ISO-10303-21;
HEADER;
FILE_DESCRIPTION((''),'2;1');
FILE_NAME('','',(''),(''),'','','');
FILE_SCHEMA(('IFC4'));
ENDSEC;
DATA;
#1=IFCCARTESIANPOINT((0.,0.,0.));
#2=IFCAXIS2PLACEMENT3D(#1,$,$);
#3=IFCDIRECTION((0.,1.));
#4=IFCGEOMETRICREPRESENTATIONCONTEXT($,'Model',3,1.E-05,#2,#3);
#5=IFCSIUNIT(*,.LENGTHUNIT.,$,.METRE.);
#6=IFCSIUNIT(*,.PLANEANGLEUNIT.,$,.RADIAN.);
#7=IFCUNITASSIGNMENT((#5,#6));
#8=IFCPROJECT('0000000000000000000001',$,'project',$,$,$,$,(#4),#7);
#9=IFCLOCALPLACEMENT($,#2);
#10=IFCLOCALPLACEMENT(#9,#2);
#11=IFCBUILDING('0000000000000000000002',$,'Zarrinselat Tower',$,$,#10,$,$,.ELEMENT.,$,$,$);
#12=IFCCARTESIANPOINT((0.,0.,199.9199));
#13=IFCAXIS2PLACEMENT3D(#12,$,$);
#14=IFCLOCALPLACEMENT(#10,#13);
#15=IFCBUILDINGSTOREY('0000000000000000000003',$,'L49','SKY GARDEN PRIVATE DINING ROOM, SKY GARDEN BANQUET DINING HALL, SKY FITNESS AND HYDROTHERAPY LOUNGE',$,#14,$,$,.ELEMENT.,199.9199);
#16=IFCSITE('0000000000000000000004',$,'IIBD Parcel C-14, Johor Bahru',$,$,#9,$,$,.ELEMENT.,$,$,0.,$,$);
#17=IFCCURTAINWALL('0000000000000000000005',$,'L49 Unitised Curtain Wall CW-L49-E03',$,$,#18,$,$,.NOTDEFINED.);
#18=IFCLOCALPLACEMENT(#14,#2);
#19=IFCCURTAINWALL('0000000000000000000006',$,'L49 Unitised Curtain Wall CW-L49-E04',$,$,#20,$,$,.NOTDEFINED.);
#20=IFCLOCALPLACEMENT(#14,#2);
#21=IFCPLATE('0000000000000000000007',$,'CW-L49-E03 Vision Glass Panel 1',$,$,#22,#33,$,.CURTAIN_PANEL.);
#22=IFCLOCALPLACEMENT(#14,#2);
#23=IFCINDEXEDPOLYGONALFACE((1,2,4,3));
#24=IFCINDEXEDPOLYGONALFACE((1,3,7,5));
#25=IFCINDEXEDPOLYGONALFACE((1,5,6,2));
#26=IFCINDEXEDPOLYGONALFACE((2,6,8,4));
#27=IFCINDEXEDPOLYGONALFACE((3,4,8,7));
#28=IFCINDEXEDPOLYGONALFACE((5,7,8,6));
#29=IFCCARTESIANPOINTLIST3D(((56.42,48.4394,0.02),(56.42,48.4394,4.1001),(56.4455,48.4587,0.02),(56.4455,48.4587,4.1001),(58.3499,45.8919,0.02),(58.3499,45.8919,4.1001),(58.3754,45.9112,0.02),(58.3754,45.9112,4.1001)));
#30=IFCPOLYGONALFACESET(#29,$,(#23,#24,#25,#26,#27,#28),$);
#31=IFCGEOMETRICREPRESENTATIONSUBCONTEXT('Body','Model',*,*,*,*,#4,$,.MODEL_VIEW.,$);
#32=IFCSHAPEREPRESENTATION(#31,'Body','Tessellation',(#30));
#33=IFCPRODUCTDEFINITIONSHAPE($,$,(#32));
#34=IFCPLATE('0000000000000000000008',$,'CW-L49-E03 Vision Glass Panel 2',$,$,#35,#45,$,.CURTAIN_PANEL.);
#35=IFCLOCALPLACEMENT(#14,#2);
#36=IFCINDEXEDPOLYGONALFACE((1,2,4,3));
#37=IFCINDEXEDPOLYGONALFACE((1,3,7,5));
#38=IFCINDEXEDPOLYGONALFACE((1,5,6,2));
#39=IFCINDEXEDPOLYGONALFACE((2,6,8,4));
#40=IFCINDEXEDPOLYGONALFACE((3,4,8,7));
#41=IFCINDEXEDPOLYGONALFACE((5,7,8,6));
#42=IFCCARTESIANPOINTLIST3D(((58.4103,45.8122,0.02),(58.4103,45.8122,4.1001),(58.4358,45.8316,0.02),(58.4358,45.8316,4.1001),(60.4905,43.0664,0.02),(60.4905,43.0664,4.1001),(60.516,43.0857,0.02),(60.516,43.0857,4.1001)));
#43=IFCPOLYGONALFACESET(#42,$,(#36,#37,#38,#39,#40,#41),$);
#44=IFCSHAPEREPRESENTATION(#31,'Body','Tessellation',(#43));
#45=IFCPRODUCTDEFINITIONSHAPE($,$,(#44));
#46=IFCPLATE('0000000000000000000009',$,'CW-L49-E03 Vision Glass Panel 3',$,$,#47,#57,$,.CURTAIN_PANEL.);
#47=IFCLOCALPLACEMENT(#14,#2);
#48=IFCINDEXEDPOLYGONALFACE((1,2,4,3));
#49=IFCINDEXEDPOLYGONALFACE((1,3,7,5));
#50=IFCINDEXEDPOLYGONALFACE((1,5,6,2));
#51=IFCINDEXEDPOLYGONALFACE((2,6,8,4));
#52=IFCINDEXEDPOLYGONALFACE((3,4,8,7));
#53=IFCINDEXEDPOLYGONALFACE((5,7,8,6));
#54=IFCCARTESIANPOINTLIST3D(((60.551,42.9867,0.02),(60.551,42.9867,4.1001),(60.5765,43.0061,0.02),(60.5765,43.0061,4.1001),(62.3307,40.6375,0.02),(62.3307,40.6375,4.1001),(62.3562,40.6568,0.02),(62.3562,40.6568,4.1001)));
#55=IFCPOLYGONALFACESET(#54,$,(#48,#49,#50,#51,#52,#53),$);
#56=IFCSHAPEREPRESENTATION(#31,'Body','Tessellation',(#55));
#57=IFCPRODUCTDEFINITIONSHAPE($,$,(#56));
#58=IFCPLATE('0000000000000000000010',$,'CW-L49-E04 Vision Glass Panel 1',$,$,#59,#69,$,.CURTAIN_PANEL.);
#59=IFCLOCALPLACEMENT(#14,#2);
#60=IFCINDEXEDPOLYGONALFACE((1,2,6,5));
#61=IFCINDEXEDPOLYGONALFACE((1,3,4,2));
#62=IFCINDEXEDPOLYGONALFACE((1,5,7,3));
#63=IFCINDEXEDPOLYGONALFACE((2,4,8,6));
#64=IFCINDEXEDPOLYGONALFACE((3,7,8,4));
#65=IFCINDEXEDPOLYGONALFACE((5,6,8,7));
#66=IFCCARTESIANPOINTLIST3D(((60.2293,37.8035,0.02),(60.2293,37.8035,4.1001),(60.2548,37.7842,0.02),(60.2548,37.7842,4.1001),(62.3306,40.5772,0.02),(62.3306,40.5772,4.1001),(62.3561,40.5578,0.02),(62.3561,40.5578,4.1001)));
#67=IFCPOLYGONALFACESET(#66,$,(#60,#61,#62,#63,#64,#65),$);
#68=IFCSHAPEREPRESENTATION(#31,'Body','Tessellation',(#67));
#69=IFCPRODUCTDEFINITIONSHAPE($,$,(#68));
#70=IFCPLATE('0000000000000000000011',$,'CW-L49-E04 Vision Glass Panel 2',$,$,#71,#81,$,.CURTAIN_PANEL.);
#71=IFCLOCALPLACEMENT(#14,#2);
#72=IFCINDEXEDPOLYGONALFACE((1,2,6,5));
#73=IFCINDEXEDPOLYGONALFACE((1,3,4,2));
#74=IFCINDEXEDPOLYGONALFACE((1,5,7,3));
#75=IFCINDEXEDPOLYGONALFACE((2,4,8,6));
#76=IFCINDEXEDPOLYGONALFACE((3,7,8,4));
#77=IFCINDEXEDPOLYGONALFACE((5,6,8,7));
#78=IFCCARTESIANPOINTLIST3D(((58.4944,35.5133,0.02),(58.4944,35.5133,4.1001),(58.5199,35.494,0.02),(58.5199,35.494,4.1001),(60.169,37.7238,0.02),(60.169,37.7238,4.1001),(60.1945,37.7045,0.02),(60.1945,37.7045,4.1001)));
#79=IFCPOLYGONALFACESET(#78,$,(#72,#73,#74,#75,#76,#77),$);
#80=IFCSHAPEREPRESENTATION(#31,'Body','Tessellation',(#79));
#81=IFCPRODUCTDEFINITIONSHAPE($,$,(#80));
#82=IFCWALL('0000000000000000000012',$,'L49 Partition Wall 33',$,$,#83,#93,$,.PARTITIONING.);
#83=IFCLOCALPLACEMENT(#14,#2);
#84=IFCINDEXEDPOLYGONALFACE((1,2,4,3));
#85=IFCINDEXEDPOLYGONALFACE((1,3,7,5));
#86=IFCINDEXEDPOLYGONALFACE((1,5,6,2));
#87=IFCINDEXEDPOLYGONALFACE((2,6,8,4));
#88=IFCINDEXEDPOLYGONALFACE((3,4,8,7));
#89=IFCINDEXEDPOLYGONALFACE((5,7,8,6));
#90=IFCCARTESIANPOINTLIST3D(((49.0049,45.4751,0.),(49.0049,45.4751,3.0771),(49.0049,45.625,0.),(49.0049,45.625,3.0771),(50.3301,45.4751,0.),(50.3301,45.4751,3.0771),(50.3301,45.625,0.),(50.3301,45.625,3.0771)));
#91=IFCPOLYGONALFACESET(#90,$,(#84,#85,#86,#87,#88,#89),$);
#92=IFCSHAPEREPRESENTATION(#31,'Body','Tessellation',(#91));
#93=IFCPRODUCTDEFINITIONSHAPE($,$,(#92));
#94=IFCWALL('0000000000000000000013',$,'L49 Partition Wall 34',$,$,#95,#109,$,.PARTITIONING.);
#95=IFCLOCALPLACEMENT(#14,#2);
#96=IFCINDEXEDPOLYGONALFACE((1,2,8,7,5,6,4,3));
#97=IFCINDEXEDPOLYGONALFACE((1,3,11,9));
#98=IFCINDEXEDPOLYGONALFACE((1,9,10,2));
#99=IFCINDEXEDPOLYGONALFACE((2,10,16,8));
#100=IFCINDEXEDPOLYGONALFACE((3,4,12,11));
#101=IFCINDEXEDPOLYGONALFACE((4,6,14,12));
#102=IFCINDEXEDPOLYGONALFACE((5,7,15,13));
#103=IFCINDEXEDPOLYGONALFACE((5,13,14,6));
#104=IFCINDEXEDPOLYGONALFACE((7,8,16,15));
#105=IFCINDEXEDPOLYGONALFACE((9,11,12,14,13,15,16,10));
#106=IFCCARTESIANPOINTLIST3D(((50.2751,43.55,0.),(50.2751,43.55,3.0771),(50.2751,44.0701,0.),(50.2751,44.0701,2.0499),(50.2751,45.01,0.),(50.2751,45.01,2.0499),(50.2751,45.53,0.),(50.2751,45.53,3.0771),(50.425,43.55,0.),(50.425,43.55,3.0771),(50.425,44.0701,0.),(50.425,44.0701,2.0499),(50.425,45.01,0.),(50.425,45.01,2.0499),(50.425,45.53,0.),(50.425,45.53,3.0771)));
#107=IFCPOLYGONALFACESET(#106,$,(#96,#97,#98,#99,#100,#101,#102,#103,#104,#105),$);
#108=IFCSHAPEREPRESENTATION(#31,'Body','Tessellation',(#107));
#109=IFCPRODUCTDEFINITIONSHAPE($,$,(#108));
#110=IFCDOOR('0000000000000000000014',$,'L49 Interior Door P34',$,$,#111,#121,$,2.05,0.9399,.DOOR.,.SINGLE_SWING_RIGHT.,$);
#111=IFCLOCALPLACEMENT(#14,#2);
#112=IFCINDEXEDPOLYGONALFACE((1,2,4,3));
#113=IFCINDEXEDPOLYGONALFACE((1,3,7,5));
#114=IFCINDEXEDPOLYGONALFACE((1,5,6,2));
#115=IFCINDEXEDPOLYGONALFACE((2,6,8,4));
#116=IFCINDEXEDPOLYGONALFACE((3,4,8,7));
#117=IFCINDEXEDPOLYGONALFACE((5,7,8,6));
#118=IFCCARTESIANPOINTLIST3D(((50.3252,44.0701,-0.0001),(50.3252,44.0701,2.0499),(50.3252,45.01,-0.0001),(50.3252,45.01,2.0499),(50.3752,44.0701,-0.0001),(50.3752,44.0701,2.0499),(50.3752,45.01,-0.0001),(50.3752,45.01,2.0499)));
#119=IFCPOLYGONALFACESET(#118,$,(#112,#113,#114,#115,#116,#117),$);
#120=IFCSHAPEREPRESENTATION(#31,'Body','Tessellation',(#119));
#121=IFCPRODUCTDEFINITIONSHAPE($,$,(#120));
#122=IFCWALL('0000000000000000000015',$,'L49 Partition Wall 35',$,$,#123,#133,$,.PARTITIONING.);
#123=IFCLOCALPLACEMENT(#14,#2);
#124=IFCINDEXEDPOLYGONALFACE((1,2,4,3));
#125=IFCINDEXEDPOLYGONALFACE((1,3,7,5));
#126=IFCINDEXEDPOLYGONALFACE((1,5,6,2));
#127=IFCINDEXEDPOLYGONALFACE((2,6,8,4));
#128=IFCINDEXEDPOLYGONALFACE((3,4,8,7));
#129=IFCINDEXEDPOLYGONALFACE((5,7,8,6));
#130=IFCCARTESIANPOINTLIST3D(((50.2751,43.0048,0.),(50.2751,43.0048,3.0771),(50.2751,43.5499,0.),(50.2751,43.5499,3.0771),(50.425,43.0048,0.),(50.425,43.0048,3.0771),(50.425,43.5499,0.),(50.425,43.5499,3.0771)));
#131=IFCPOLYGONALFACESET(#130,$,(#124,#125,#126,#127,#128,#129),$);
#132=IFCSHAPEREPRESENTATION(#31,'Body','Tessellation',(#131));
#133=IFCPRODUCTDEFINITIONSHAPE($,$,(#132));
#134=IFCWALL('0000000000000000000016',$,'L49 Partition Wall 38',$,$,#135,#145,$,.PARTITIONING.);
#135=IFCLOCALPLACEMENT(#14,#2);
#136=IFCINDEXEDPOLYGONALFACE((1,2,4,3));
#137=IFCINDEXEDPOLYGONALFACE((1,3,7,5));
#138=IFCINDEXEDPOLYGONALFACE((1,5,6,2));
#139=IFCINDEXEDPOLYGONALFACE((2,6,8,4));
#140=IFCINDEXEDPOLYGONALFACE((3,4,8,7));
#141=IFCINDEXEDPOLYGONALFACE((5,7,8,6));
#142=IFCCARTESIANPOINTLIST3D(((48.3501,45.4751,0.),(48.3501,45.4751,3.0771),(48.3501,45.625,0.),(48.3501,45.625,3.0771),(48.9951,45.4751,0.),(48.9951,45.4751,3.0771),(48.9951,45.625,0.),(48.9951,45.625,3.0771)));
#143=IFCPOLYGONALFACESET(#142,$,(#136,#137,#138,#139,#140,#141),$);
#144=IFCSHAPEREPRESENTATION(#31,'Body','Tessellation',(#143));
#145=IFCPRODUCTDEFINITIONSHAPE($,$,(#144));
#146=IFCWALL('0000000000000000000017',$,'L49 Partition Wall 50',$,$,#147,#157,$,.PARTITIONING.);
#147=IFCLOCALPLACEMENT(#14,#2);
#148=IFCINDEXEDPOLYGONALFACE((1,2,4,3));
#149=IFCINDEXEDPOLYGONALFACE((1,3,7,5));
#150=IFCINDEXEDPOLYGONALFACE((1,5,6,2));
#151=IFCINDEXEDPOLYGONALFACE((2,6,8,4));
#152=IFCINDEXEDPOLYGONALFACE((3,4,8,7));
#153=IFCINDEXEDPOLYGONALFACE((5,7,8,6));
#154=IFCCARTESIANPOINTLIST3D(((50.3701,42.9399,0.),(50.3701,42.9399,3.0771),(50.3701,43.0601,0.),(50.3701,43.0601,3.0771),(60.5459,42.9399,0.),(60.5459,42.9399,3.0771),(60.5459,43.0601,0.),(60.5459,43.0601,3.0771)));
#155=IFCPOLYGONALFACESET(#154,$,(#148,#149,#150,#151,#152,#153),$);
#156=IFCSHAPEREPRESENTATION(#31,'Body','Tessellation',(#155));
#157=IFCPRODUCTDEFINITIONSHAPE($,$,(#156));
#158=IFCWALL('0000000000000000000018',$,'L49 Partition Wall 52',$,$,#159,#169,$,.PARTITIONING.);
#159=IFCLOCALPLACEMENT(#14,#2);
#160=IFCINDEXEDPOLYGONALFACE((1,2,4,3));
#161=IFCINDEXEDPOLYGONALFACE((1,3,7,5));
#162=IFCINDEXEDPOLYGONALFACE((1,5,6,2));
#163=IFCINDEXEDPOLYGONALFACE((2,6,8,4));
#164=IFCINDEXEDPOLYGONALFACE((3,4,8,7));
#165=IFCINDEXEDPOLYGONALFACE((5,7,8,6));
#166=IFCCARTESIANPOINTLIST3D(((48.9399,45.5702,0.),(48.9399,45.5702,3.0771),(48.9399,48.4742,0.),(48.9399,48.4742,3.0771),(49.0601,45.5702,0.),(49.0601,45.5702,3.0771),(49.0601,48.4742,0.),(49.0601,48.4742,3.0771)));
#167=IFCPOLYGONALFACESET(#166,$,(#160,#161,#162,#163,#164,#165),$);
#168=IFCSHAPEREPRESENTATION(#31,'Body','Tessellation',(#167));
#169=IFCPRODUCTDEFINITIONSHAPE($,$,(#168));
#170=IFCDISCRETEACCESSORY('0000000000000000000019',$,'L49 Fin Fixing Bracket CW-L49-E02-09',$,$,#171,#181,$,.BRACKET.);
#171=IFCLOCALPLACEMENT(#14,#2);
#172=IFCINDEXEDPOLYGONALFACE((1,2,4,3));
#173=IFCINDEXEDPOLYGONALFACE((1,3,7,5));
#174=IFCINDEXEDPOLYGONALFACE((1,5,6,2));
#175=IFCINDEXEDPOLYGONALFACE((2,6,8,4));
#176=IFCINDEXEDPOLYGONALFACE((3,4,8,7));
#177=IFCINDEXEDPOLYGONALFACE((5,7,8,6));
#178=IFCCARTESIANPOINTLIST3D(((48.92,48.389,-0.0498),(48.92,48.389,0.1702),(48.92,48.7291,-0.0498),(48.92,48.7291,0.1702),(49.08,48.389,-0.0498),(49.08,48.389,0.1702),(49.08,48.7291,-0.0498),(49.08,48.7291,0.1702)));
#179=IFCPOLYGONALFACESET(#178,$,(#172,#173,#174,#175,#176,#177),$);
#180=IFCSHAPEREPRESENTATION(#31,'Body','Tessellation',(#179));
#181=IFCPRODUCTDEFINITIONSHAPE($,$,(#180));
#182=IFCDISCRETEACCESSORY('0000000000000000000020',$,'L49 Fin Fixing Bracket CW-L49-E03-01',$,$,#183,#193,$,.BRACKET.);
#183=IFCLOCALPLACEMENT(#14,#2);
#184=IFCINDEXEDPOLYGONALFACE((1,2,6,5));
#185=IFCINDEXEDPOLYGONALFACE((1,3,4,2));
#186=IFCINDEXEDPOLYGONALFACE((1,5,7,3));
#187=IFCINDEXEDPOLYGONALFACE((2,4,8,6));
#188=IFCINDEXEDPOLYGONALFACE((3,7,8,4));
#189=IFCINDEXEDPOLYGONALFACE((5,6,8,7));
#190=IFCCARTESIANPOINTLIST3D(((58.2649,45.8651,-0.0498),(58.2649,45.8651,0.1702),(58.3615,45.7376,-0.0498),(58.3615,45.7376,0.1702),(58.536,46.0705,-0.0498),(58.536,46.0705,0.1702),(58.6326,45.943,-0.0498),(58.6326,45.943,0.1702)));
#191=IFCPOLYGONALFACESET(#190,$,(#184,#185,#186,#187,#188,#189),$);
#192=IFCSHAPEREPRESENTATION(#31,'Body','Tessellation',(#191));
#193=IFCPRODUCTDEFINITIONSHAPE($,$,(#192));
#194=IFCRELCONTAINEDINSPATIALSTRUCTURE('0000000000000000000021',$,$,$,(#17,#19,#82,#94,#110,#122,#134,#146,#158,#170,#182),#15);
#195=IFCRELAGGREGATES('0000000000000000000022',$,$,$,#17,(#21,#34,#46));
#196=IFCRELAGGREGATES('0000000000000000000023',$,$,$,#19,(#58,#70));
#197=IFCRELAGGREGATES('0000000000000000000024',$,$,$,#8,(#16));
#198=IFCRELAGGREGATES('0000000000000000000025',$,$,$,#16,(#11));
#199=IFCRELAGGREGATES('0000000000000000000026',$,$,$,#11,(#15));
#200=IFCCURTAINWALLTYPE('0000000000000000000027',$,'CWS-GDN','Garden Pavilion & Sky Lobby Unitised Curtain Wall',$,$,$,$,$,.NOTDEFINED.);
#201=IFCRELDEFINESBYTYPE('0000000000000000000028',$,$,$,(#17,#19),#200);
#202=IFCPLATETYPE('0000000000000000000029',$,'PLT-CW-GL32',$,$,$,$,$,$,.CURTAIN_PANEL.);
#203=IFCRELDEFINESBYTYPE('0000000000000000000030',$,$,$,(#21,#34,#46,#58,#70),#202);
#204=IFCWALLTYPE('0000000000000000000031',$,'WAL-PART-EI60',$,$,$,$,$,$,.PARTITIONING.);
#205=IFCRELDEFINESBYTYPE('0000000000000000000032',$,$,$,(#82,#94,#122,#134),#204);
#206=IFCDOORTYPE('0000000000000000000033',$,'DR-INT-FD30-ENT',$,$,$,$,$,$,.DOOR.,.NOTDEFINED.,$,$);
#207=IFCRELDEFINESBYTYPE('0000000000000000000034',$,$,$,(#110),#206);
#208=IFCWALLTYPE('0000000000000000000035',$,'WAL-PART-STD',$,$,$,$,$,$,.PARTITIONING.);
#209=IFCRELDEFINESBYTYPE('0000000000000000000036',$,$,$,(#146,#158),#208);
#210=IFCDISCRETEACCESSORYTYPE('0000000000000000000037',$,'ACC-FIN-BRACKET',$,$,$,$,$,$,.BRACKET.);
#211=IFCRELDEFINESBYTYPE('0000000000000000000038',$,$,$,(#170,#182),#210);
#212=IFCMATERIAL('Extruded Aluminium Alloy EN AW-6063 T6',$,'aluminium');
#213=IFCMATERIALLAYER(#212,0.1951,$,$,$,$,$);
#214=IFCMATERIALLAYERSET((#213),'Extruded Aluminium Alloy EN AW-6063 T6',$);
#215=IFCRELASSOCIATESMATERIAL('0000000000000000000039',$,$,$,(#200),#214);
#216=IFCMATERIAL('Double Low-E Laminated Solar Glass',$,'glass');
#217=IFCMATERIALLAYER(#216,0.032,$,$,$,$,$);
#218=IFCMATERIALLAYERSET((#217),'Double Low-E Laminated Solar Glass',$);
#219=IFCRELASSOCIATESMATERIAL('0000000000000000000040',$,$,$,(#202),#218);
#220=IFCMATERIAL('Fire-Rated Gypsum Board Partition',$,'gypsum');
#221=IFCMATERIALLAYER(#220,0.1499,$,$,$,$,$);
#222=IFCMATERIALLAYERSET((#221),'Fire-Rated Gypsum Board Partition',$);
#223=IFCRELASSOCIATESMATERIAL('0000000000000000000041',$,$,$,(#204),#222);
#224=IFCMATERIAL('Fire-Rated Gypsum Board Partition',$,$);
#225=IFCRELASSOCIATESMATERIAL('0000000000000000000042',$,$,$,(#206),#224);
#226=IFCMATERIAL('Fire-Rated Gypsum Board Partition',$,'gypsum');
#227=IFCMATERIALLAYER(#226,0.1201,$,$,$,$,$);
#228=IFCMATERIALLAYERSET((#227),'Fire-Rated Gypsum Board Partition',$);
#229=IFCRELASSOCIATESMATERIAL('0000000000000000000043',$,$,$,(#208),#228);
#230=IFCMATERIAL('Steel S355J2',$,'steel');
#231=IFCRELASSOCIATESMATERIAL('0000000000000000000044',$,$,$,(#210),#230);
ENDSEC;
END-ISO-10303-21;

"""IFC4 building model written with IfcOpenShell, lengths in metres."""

from ifc_helpers import new_model, si_unit, direction, frame, frame_2d, origin, origin_2d, place, context, subcontext, project, spatial, rectangle, extrude, material, layer, layer_set, type_object, element, fill, aggregate, save


model = new_model("IFC4")

# Units and contexts
model_context = context("Model", 3, precision=1e-05, world=origin(), true_north=direction((0.0, 1.0)))
body_context = subcontext(model_context, "Body", "Model", "MODEL_VIEW")
ifc_project = project(units=[si_unit("LENGTHUNIT", "METRE"), si_unit("PLANEANGLEUNIT", "RADIAN")], contexts=[model_context])

# Site, building, storey
site_placement = place(None, origin())
site = spatial("IfcSite", under=ifc_project, at=site_placement, Name="IIBD Parcel C-14, Johor Bahru", CompositionType="ELEMENT", RefElevation=0.0)
building_placement = place(site_placement, origin())
building = spatial("IfcBuilding", under=site, at=building_placement, Name="Zarrinselat Tower", CompositionType="ELEMENT")
storey_placement = place(building_placement, frame((0.0, 0.0, 199.9199)))
storey = spatial("IfcBuildingStorey", under=building, at=storey_placement, Name="L49", Description="SKY GARDEN PRIVATE DINING ROOM, SKY GARDEN BANQUET DINING HALL, SKY FITNESS AND HYDROTHERAPY LOUNGE", CompositionType="ELEMENT", Elevation=199.9199)

# Curtain wall
ifc_material_1 = material(Name="Extruded Aluminium Alloy EN AW-6063 T6", Category="aluminium")
ifc_layer_1 = layer(ifc_material_1, 0.1951)
ifc_layer_set_1 = layer_set([ifc_layer_1], Name="Extruded Aluminium Alloy EN AW-6063 T6")
curtain_wall_type = type_object("IfcCurtainWallType", Name="CWS-GDN", Description="Garden Pavilion & Sky Lobby Unitised Curtain Wall", PredefinedType="NOTDEFINED", material=ifc_layer_set_1)
curtain_wall_1_placement = place(storey_placement, origin())
curtain_wall_1 = element("IfcCurtainWall", 1, at=curtain_wall_1_placement, inside=storey, type_object=curtain_wall_type, Name="L49 Unitised Curtain Wall CW-L49-E03", PredefinedType="NOTDEFINED")

# Curtain wall
curtain_wall_2_placement = place(storey_placement, origin())
curtain_wall_2 = element("IfcCurtainWall", 2, at=curtain_wall_2_placement, inside=storey, type_object=curtain_wall_type, Name="L49 Unitised Curtain Wall CW-L49-E04", PredefinedType="NOTDEFINED")

# Plates
ifc_material_2 = material(Name="Double Low-E Laminated Solar Glass", Category="glass")
ifc_layer_2 = layer(ifc_material_2, 0.032)
ifc_layer_set_2 = layer_set([ifc_layer_2], Name="Double Low-E Laminated Solar Glass")
plate_type = type_object("IfcPlateType", Name="PLT-CW-GL32", PredefinedType="CURTAIN_PANEL", material=ifc_layer_set_2)
plate_1_placement = place(storey_placement, frame((57.3977, 47.1753, 0.02), z_axis=(0.0, 0.0, 1.0), x_axis=(0.603852, -0.797096, 0.0)))
plate_1 = element("IfcPlate", 3, at=plate_1_placement, type_object=plate_type, Name="CW-L49-E03 Vision Glass Panel 1", PredefinedType="CURTAIN_PANEL", context=body_context, shape_type="SweptSolid", body=[
    extrude(rectangle(XDim=3.196, YDim=0.032, at=origin_2d()), origin(), (0.0, 0.0, 1.0), 4.0801),
])
plate_2_placement = place(storey_placement, frame((59.4631, 44.449, 0.02), z_axis=(0.0, 0.0, 1.0), x_axis=(0.603852, -0.797096, 0.0)))
plate_2 = element("IfcPlate", 4, at=plate_2_placement, type_object=plate_type, Name="CW-L49-E03 Vision Glass Panel 2", PredefinedType="CURTAIN_PANEL", context=body_context, shape_type="SweptSolid", body=[
    extrude(rectangle(XDim=3.4448, YDim=0.032, at=origin_2d()), origin(), (0.0, 0.0, 1.0), 4.0801),
])
plate_3_placement = place(storey_placement, frame((61.4536, 41.8218, 0.02), z_axis=(0.0, 0.0, 1.0), x_axis=(0.603852, -0.797096, 0.0)))
plate_3 = element("IfcPlate", 5, at=plate_3_placement, type_object=plate_type, Name="CW-L49-E03 Vision Glass Panel 3", PredefinedType="CURTAIN_PANEL", context=body_context, shape_type="SweptSolid", body=[
    extrude(rectangle(XDim=2.9473, YDim=0.032, at=origin_2d()), origin(), (0.0, 0.0, 1.0), 4.0801),
])
aggregate(curtain_wall_1, [plate_1, plate_2, plate_3])
plate_4_placement = place(storey_placement, frame((61.2927, 39.1807, 0.02), z_axis=(0.0, 0.0, 1.0), x_axis=(-0.603858, -0.797092, 0.0)))
plate_4 = element("IfcPlate", 6, at=plate_4_placement, type_object=plate_type, Name="CW-L49-E04 Vision Glass Panel 1", PredefinedType="CURTAIN_PANEL", context=body_context, shape_type="SweptSolid", body=[
    extrude(rectangle(XDim=3.4797, YDim=0.032, at=origin_2d()), origin(), (0.0, 0.0, 1.0), 4.0801),
])
plate_5_placement = place(storey_placement, frame((59.3445, 36.6089, 0.02), z_axis=(0.0, 0.0, 1.0), x_axis=(-0.603858, -0.797092, 0.0)))
plate_5 = element("IfcPlate", 7, at=plate_5_placement, type_object=plate_type, Name="CW-L49-E04 Vision Glass Panel 2", PredefinedType="CURTAIN_PANEL", context=body_context, shape_type="SweptSolid", body=[
    extrude(rectangle(XDim=2.7732, YDim=0.032, at=origin_2d()), origin(), (0.0, 0.0, 1.0), 4.0801),
])
aggregate(curtain_wall_2, [plate_4, plate_5])

# Wall
ifc_material_3 = material(Name="Fire-Rated Gypsum Board Partition", Category="gypsum")
ifc_layer_3 = layer(ifc_material_3, 0.1499)
ifc_layer_set_3 = layer_set([ifc_layer_3], Name="Fire-Rated Gypsum Board Partition")
wall_type_1 = type_object("IfcWallType", Name="WAL-PART-EI60", PredefinedType="PARTITIONING", material=ifc_layer_set_3)
wall_1_placement = place(storey_placement, frame((49.0049, 45.55, 0.0), z_axis=(0.0, 0.0, 1.0), x_axis=(1.0, 0.0, 0.0)))
element("IfcWall", 8, at=wall_1_placement, inside=storey, type_object=wall_type_1, Name="L49 Partition Wall 33", PredefinedType="PARTITIONING", context=body_context, shape_type="SweptSolid", body=[
    extrude(rectangle(XDim=1.3252, YDim=0.1499, at=frame_2d((0.6626, 0.0))), origin(), (0.0, 0.0, 1.0), 3.0771),
])

# Wall, opening, door
wall_2_placement = place(storey_placement, frame((50.3501, 43.55, 0.0), z_axis=(0.0, 0.0, 1.0), x_axis=(0.0, 1.0, 0.0)))
wall_2 = element("IfcWall", 9, at=wall_2_placement, inside=storey, type_object=wall_type_1, Name="L49 Partition Wall 34", PredefinedType="PARTITIONING", context=body_context, shape_type="SweptSolid", body=[
    extrude(rectangle(XDim=1.98, YDim=0.1499, at=frame_2d((0.99, 0.0))), origin(), (0.0, 0.0, 1.0), 3.0771),
])
opening_placement = place(wall_2_placement, frame((0.52, 0.0, 0.0)))
opening = element("IfcOpeningElement", 10, at=opening_placement, cuts=wall_2, PredefinedType="OPENING", context=body_context, shape_type="SweptSolid", body=[
    extrude(rectangle(XDim=0.9399, YDim=2.05, at=frame_2d((0.47, 1.0249))), frame((0.0, 0.085, 0.0), z_axis=(0.0, -1.0, 0.0), x_axis=(1.0, 0.0, 0.0)), (0.0, 0.0, 1.0), 0.1699),
])
ifc_material_4 = material(Name="Fire-Rated Gypsum Board Partition")
door_type = type_object("IfcDoorType", Name="DR-INT-FD30-ENT", OperationType="NOTDEFINED", PredefinedType="DOOR", material=ifc_material_4)
door_placement = place(opening_placement, origin())
door = element("IfcDoor", 11, at=door_placement, inside=storey, type_object=door_type, Name="L49 Interior Door P34", OperationType="SINGLE_SWING_RIGHT", OverallHeight=2.05, OverallWidth=0.9399, PredefinedType="DOOR", context=body_context, shape_type="SweptSolid", body=[
    extrude(rectangle(XDim=0.9399, YDim=2.05, at=frame_2d((0.47, 1.0249))), frame((0.0, 0.0249, 0.0), z_axis=(0.0, -1.0, 0.0), x_axis=(1.0, 0.0, 0.0)), (0.0, 0.0, 1.0), 0.05),
])
fill(opening, door)

# Walls
wall_3_placement = place(storey_placement, frame((50.3501, 43.0049, 0.0), z_axis=(0.0, 0.0, 1.0), x_axis=(0.0, 1.0, 0.0)))
element("IfcWall", 12, at=wall_3_placement, inside=storey, type_object=wall_type_1, Name="L49 Partition Wall 35", PredefinedType="PARTITIONING", context=body_context, shape_type="SweptSolid", body=[
    extrude(rectangle(XDim=0.5452, YDim=0.1499, at=frame_2d((0.2725, 0.0))), origin(), (0.0, 0.0, 1.0), 3.0771),
])
wall_4_placement = place(storey_placement, frame((48.3501, 45.55, 0.0), z_axis=(0.0, 0.0, 1.0), x_axis=(1.0, 0.0, 0.0)))
element("IfcWall", 13, at=wall_4_placement, inside=storey, type_object=wall_type_1, Name="L49 Partition Wall 38", PredefinedType="PARTITIONING", context=body_context, shape_type="SweptSolid", body=[
    extrude(rectangle(XDim=0.645, YDim=0.1499, at=frame_2d((0.3225, 0.0))), origin(), (0.0, 0.0, 1.0), 3.0771),
])
ifc_material_5 = material(Name="Fire-Rated Gypsum Board Partition", Category="gypsum")
ifc_layer_4 = layer(ifc_material_5, 0.1201)
ifc_layer_set_4 = layer_set([ifc_layer_4], Name="Fire-Rated Gypsum Board Partition")
wall_type_2 = type_object("IfcWallType", Name="WAL-PART-STD", PredefinedType="PARTITIONING", material=ifc_layer_set_4)
wall_5_placement = place(storey_placement, frame((50.3701, 43.0, 0.0), z_axis=(0.0, 0.0, 1.0), x_axis=(1.0, 0.0, 0.0)))
element("IfcWall", 14, at=wall_5_placement, inside=storey, type_object=wall_type_2, Name="L49 Partition Wall 50", PredefinedType="PARTITIONING", context=body_context, shape_type="SweptSolid", body=[
    extrude(rectangle(XDim=10.1758, YDim=0.1201, at=frame_2d((5.0879, 0.0))), origin(), (0.0, 0.0, 1.0), 3.0771),
])
wall_6_placement = place(storey_placement, frame((49.0, 45.5701, 0.0), z_axis=(0.0, 0.0, 1.0), x_axis=(0.0, 1.0, 0.0)))
element("IfcWall", 15, at=wall_6_placement, inside=storey, type_object=wall_type_2, Name="L49 Partition Wall 52", PredefinedType="PARTITIONING", context=body_context, shape_type="SweptSolid", body=[
    extrude(rectangle(XDim=2.9041, YDim=0.1201, at=frame_2d((1.4521, 0.0))), origin(), (0.0, 0.0, 1.0), 3.0771),
])

# Discrete accessories
ifc_material_6 = material(Name="Steel S355J2", Category="steel")
discrete_accessory_type = type_object("IfcDiscreteAccessoryType", Name="ACC-FIN-BRACKET", PredefinedType="BRACKET", material=ifc_material_6)
for number, where, z_axis, x_axis, name in (
    (16, (49.0, 48.5591, -0.0498), (0.0, 0.0, 1.0), (0.0, 1.0, 0.0), "L49 Fin Fixing Bracket CW-L49-E02-09"),
    (17, (58.4487, 45.9041, -0.0498), (0.0, 0.0, 1.0), (0.797096, 0.603852, 0.0), "L49 Fin Fixing Bracket CW-L49-E03-01"),
):
    element("IfcDiscreteAccessory", number, at=place(storey_placement, frame(where, z_axis=z_axis, x_axis=x_axis)), inside=storey, type_object=discrete_accessory_type, Name=name, PredefinedType="BRACKET", context=body_context, shape_type="SweptSolid", body=[
        extrude(rectangle(XDim=0.3401, YDim=0.1599, at=origin_2d()), origin(), (0.0, 0.0, 1.0), 0.22),
    ])

save(model, "model.ifc")
